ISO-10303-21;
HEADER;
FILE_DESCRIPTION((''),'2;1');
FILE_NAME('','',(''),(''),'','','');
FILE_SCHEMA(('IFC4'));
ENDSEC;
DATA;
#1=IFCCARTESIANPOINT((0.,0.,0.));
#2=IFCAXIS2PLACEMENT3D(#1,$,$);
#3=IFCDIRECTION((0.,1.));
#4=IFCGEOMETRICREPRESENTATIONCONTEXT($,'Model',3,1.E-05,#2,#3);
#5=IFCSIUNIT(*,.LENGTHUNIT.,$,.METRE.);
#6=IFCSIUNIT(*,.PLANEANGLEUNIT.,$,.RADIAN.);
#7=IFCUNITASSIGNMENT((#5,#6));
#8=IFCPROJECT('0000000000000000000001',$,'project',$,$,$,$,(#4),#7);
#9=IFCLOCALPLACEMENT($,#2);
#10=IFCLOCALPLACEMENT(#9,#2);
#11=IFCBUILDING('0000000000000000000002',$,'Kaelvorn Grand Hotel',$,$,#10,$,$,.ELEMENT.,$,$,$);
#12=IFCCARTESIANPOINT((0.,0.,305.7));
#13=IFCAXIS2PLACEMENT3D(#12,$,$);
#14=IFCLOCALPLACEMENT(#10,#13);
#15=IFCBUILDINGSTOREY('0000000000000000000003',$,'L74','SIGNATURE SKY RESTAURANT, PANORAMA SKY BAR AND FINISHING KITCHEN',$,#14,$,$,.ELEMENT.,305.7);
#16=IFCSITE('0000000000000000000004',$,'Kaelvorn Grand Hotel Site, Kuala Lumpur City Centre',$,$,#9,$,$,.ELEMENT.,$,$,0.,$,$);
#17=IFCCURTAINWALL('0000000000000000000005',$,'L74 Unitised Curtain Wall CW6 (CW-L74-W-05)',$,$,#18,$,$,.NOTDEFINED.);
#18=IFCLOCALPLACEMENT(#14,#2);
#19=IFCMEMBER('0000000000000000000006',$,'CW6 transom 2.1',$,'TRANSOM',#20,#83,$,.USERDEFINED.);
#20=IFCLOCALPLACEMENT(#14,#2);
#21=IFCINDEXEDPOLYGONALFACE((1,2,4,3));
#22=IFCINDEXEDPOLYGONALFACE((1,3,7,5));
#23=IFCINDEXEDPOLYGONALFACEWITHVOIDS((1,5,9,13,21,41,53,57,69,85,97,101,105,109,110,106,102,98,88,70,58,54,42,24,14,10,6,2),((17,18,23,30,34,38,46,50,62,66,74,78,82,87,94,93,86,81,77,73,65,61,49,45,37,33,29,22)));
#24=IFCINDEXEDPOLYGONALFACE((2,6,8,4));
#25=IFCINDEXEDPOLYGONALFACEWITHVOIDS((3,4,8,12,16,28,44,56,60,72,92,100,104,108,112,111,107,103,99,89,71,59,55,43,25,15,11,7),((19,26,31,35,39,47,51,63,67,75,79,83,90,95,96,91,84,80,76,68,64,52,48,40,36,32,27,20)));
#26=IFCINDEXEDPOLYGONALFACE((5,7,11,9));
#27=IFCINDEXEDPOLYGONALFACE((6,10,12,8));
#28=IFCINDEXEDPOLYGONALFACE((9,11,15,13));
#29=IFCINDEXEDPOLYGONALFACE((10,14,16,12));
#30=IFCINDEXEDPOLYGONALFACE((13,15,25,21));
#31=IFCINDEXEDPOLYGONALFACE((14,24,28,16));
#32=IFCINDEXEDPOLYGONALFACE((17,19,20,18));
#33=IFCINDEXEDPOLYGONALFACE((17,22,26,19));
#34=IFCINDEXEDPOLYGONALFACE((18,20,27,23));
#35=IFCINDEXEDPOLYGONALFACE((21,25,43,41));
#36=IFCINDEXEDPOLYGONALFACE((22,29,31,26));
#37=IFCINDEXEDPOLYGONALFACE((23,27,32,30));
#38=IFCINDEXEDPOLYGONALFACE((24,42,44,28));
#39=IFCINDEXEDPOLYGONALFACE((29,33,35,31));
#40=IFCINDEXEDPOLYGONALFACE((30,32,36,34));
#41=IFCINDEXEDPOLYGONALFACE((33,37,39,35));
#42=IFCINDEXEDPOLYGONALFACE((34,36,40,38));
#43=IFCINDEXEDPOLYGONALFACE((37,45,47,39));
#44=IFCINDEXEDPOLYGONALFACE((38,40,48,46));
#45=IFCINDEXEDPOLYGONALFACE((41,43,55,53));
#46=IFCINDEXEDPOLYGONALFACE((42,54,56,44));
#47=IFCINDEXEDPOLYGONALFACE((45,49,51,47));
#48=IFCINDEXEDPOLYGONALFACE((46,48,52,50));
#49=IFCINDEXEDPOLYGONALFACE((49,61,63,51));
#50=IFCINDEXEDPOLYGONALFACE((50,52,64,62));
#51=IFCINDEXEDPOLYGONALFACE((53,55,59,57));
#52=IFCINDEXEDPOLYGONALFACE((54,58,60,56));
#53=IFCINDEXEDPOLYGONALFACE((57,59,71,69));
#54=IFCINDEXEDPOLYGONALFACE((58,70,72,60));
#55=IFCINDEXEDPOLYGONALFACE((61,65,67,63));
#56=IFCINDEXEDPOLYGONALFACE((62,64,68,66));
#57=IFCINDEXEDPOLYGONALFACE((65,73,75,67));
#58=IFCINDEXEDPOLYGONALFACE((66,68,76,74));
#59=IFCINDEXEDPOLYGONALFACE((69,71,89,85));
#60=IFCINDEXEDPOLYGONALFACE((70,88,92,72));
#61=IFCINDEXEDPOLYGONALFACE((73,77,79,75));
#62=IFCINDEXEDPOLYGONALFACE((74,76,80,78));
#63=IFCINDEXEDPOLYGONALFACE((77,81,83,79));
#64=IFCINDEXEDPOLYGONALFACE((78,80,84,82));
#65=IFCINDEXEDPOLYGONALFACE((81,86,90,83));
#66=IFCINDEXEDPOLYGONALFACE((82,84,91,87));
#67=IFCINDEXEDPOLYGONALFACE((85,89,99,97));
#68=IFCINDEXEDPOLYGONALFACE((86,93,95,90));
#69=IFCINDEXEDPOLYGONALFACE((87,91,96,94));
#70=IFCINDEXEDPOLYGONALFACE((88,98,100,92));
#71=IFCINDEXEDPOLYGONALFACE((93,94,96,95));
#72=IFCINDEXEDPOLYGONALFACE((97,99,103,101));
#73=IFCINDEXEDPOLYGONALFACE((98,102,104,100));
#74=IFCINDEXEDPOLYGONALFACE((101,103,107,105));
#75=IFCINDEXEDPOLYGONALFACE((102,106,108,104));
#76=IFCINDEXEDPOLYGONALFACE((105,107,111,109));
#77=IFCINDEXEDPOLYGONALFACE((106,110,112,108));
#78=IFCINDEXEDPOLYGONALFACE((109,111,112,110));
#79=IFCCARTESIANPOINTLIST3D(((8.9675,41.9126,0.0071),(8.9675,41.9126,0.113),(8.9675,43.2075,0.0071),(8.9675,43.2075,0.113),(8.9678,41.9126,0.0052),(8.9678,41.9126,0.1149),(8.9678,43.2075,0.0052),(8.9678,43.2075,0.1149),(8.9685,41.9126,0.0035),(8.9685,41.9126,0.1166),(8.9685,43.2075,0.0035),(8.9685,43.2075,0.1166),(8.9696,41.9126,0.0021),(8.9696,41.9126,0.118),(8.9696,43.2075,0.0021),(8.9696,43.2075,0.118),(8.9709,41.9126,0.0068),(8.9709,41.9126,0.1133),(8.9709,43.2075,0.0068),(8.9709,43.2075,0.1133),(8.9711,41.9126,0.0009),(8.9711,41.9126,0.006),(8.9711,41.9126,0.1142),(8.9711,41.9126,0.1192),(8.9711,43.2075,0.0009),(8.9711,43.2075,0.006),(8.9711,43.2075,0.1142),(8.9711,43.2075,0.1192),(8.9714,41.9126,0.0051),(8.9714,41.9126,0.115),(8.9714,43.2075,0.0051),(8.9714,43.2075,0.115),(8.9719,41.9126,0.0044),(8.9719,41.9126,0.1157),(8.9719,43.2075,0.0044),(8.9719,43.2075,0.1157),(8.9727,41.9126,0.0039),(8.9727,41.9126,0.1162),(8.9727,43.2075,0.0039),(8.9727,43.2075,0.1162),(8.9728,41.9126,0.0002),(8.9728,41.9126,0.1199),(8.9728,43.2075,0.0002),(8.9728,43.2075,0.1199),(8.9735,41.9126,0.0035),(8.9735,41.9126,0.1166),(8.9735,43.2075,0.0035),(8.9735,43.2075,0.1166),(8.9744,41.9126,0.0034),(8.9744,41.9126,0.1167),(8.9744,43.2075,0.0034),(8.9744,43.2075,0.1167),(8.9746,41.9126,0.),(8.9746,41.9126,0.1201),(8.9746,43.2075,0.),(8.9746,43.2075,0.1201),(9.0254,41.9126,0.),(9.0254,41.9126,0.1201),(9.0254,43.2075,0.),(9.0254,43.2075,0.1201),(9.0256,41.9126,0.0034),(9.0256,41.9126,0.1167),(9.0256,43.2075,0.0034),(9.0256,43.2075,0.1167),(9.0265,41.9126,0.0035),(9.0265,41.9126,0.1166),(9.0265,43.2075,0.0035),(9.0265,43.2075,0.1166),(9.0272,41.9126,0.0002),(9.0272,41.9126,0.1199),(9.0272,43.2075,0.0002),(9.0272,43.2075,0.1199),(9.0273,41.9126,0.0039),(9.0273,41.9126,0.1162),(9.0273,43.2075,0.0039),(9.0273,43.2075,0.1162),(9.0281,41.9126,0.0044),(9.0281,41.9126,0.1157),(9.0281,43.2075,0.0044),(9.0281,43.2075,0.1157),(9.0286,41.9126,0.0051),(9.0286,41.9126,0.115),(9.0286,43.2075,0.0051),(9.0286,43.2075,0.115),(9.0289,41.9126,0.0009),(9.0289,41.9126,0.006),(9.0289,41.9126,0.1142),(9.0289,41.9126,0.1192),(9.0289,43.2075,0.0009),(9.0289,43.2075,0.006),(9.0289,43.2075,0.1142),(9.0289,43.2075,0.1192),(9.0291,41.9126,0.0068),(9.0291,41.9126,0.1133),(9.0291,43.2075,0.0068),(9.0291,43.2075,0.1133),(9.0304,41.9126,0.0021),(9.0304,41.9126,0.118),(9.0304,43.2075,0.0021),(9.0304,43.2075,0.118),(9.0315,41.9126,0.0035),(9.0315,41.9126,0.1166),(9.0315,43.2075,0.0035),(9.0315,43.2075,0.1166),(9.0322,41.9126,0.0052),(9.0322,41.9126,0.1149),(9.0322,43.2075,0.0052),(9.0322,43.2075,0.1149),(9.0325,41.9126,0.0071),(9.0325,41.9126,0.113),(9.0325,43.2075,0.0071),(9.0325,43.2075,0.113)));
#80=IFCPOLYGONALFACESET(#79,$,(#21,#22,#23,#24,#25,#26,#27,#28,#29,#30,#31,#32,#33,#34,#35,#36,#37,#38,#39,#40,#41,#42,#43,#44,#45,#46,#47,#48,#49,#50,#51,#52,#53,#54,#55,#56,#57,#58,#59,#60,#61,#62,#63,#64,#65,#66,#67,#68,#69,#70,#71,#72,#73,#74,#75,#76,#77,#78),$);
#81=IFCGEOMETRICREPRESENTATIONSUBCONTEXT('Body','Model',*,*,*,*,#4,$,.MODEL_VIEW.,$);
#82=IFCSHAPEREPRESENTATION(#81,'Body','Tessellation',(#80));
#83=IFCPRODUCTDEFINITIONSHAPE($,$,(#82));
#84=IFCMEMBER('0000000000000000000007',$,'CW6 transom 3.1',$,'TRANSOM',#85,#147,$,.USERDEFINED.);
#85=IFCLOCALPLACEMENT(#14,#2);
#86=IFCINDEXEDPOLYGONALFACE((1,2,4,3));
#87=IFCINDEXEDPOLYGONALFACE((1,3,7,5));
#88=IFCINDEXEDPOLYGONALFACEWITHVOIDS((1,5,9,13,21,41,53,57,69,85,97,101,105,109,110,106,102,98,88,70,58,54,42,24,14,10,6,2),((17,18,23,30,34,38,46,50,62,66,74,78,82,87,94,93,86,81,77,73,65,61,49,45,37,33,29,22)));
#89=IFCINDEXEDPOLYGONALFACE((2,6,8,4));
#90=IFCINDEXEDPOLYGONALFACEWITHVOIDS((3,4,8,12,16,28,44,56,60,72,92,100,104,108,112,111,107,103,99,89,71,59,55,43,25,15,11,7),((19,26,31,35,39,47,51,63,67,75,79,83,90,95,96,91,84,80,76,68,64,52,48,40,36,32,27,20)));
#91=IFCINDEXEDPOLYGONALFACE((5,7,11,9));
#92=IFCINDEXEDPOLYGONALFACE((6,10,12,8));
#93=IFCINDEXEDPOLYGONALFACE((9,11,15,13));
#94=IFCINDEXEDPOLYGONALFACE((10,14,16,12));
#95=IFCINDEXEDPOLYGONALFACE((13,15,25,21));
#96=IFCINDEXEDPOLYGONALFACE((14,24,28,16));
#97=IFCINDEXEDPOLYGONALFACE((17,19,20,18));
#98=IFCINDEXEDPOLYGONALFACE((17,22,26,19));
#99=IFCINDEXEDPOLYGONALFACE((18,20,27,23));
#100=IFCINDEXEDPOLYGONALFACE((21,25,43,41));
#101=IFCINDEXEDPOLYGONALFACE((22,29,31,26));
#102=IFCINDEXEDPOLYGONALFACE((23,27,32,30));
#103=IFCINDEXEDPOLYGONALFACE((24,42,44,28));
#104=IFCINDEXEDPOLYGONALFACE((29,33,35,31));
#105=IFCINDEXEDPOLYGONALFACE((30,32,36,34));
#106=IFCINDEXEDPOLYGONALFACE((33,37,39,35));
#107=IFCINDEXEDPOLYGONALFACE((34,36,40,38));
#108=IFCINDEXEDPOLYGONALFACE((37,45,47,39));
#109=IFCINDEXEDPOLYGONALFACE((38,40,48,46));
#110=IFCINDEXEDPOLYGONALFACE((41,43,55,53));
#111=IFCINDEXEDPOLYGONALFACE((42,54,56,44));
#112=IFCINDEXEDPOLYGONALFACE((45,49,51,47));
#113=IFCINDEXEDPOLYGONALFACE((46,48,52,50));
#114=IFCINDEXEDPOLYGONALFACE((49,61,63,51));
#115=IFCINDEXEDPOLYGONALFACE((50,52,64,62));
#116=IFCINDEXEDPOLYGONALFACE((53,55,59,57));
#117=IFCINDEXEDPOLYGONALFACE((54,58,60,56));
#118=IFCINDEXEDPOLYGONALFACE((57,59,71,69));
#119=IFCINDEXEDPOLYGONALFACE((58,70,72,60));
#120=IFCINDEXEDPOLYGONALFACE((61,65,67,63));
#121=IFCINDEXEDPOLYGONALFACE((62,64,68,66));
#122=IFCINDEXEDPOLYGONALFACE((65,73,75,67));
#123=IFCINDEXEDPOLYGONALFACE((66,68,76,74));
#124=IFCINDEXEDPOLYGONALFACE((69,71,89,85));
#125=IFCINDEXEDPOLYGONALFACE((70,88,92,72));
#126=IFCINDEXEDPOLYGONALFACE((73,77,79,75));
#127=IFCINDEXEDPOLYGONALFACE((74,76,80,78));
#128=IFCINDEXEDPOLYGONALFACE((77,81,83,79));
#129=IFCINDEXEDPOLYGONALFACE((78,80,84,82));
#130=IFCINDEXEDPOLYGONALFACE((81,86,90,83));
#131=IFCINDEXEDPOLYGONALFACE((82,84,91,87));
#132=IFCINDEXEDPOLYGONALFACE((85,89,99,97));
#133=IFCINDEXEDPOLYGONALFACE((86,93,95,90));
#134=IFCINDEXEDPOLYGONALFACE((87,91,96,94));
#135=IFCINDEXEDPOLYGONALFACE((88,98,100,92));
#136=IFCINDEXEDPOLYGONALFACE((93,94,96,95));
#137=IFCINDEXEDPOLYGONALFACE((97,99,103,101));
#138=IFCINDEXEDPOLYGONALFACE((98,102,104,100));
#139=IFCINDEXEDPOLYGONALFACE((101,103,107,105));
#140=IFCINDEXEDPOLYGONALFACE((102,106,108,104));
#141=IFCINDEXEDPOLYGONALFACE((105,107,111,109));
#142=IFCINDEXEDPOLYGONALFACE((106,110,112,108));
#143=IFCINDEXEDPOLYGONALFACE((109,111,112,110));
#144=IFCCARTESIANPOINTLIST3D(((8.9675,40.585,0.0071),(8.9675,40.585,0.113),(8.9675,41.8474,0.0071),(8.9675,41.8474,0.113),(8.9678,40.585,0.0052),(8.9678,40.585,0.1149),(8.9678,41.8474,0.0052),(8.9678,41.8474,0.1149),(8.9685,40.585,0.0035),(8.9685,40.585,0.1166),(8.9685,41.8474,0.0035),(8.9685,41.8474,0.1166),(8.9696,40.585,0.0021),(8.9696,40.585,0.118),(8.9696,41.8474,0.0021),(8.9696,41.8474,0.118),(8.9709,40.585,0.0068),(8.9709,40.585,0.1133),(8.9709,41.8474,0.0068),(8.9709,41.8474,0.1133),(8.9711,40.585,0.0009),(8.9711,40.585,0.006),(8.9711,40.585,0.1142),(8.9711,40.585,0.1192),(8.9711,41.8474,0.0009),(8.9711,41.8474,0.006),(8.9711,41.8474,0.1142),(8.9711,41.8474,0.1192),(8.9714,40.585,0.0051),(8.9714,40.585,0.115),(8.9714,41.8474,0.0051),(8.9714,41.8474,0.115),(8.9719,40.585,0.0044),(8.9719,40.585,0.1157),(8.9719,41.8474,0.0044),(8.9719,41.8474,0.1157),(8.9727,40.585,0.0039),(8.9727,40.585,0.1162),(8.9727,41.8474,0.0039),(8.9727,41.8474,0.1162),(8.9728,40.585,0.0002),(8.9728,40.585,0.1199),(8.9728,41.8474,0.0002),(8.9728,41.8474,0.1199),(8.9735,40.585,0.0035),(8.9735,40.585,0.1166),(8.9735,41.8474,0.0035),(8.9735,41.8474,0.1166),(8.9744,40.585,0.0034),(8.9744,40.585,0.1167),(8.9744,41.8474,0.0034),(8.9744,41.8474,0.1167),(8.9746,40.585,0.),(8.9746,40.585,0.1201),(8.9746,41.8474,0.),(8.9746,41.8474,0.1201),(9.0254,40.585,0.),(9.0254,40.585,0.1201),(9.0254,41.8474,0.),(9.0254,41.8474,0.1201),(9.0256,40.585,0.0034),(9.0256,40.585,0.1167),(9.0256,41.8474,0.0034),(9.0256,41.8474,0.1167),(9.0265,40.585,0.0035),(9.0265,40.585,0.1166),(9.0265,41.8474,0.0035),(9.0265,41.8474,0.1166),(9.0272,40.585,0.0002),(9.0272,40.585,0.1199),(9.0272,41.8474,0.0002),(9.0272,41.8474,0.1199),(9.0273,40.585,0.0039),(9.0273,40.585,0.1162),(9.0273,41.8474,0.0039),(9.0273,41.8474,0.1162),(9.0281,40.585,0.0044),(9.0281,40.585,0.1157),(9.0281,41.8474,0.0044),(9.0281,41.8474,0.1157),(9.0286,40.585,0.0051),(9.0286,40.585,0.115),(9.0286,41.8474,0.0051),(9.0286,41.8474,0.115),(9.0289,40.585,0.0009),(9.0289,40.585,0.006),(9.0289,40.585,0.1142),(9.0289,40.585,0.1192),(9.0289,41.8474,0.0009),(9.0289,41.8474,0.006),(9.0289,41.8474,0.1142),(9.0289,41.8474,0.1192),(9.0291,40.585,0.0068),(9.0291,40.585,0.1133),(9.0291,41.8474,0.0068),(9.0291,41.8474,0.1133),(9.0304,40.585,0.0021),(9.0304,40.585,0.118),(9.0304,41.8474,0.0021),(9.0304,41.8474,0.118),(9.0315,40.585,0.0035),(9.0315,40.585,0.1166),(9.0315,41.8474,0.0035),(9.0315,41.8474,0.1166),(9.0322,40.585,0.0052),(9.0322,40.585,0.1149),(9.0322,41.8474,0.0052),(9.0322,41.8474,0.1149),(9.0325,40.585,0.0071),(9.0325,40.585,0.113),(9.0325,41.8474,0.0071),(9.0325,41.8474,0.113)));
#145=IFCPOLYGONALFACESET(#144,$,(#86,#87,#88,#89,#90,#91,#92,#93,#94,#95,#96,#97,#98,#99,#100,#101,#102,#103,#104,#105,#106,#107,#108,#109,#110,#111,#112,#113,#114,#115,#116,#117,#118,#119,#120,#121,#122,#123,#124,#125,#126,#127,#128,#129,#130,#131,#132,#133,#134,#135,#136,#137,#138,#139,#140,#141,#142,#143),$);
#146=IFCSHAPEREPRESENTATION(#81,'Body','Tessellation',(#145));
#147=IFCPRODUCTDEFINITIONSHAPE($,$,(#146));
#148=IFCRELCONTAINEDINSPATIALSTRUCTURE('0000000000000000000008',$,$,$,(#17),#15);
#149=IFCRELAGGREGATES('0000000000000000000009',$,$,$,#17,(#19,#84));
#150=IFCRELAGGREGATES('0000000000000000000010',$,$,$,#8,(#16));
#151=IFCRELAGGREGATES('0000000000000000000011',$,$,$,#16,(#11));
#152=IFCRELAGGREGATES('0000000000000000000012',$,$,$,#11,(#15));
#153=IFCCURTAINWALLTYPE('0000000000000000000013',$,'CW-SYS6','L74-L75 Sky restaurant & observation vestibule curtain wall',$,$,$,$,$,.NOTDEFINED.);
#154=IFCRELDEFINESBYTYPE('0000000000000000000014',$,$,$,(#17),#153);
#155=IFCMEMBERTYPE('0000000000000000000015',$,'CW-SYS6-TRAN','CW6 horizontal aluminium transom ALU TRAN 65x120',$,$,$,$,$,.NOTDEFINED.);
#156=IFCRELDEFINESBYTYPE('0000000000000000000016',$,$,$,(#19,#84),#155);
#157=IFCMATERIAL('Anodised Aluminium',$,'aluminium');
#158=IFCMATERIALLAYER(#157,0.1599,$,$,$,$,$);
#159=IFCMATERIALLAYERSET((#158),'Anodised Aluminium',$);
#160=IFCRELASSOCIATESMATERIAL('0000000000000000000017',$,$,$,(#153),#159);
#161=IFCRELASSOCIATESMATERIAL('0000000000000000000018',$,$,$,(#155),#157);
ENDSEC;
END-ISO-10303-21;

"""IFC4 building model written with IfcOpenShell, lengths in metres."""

from ifc_helpers import new_model, si_unit, direction, frame, origin, origin_2d, place, context, subcontext, project, spatial, hollow_rectangle, extrude, material, layer, layer_set, material_profile, profile_set, type_object, element, aggregate, save


model = new_model("IFC4")

# Units and contexts
model_context = context("Model", 3, precision=1e-05, world=origin(), true_north=direction((0.0, 1.0)))
body_context = subcontext(model_context, "Body", "Model", "MODEL_VIEW")
ifc_project = project(units=[si_unit("LENGTHUNIT", "METRE"), si_unit("PLANEANGLEUNIT", "RADIAN")], contexts=[model_context])

# Site, building, storey
site_placement = place(None, origin())
site = spatial("IfcSite", under=ifc_project, at=site_placement, Name="Kaelvorn Grand Hotel Site, Kuala Lumpur City Centre", CompositionType="ELEMENT", RefElevation=0.0)
building_placement = place(site_placement, origin())
building = spatial("IfcBuilding", under=site, at=building_placement, Name="Kaelvorn Grand Hotel", CompositionType="ELEMENT")
storey_placement = place(building_placement, frame((0.0, 0.0, 305.7)))
storey = spatial("IfcBuildingStorey", under=building, at=storey_placement, Name="L74", Description="SIGNATURE SKY RESTAURANT, PANORAMA SKY BAR AND FINISHING KITCHEN", CompositionType="ELEMENT", Elevation=305.7)

# Curtain wall, members
ifc_material_1 = material(Name="Anodised Aluminium", Category="aluminium")
ifc_layer_1 = layer(ifc_material_1, 0.1599)
ifc_layer_set_1 = layer_set([ifc_layer_1], Name="Anodised Aluminium")
curtain_wall_type = type_object("IfcCurtainWallType", Name="CW-SYS6", Description="L74-L75 Sky restaurant & observation vestibule curtain wall", PredefinedType="NOTDEFINED", material=ifc_layer_set_1)
curtain_wall_placement = place(storey_placement, origin())
curtain_wall = element("IfcCurtainWall", 1, at=curtain_wall_placement, inside=storey, type_object=curtain_wall_type, Name="L74 Unitised Curtain Wall CW6 (CW-L74-W-05)", PredefinedType="NOTDEFINED")
ifc_material_profile_1 = material_profile(ifc_material_1, hollow_rectangle(XDim=0.0649, YDim=0.1201, WallThickness=0.0034, InnerFilletRadius=0.0034, OuterFilletRadius=0.0071, at=origin_2d()), Name="ALU TRAN 65x120")
ifc_profile_set_1 = profile_set([ifc_material_profile_1], Name="Anodised Aluminium")
member_type_1 = type_object("IfcMemberType", Name="CW-SYS6-TRAN", Description="CW6 horizontal aluminium transom ALU TRAN 65x120", PredefinedType="NOTDEFINED", material=ifc_profile_set_1)
member_1_placement = place(storey_placement, frame((9.0, 43.2075, 0.0601), z_axis=(0.0, -1.0, 0.0), x_axis=(1.0, 0.0, 0.0)))
member_1 = element("IfcMember", 2, at=member_1_placement, type_object=member_type_1, Name="CW6 transom 2.1", ObjectType="TRANSOM", PredefinedType="USERDEFINED", context=body_context, shape_type="SweptSolid", body=[
    extrude(hollow_rectangle(XDim=0.0649, YDim=0.1201, WallThickness=0.0034, InnerFilletRadius=0.0034, OuterFilletRadius=0.0071, at=origin_2d()), origin(), (0.0, 0.0, 1.0), 1.2949),
])
member_2_placement = place(storey_placement, frame((9.0, 41.8474, 0.0601), z_axis=(0.0, -1.0, 0.0), x_axis=(1.0, 0.0, 0.0)))
member_2 = element("IfcMember", 3, at=member_2_placement, type_object=member_type_1, Name="CW6 transom 3.1", ObjectType="TRANSOM", PredefinedType="USERDEFINED", context=body_context, shape_type="SweptSolid", body=[
    extrude(hollow_rectangle(XDim=0.0649, YDim=0.1201, WallThickness=0.0034, InnerFilletRadius=0.0034, OuterFilletRadius=0.0071, at=origin_2d()), origin(), (0.0, 0.0, 1.0), 1.2625),
])
aggregate(curtain_wall, [member_1, member_2])

save(model, "model.ifc")
